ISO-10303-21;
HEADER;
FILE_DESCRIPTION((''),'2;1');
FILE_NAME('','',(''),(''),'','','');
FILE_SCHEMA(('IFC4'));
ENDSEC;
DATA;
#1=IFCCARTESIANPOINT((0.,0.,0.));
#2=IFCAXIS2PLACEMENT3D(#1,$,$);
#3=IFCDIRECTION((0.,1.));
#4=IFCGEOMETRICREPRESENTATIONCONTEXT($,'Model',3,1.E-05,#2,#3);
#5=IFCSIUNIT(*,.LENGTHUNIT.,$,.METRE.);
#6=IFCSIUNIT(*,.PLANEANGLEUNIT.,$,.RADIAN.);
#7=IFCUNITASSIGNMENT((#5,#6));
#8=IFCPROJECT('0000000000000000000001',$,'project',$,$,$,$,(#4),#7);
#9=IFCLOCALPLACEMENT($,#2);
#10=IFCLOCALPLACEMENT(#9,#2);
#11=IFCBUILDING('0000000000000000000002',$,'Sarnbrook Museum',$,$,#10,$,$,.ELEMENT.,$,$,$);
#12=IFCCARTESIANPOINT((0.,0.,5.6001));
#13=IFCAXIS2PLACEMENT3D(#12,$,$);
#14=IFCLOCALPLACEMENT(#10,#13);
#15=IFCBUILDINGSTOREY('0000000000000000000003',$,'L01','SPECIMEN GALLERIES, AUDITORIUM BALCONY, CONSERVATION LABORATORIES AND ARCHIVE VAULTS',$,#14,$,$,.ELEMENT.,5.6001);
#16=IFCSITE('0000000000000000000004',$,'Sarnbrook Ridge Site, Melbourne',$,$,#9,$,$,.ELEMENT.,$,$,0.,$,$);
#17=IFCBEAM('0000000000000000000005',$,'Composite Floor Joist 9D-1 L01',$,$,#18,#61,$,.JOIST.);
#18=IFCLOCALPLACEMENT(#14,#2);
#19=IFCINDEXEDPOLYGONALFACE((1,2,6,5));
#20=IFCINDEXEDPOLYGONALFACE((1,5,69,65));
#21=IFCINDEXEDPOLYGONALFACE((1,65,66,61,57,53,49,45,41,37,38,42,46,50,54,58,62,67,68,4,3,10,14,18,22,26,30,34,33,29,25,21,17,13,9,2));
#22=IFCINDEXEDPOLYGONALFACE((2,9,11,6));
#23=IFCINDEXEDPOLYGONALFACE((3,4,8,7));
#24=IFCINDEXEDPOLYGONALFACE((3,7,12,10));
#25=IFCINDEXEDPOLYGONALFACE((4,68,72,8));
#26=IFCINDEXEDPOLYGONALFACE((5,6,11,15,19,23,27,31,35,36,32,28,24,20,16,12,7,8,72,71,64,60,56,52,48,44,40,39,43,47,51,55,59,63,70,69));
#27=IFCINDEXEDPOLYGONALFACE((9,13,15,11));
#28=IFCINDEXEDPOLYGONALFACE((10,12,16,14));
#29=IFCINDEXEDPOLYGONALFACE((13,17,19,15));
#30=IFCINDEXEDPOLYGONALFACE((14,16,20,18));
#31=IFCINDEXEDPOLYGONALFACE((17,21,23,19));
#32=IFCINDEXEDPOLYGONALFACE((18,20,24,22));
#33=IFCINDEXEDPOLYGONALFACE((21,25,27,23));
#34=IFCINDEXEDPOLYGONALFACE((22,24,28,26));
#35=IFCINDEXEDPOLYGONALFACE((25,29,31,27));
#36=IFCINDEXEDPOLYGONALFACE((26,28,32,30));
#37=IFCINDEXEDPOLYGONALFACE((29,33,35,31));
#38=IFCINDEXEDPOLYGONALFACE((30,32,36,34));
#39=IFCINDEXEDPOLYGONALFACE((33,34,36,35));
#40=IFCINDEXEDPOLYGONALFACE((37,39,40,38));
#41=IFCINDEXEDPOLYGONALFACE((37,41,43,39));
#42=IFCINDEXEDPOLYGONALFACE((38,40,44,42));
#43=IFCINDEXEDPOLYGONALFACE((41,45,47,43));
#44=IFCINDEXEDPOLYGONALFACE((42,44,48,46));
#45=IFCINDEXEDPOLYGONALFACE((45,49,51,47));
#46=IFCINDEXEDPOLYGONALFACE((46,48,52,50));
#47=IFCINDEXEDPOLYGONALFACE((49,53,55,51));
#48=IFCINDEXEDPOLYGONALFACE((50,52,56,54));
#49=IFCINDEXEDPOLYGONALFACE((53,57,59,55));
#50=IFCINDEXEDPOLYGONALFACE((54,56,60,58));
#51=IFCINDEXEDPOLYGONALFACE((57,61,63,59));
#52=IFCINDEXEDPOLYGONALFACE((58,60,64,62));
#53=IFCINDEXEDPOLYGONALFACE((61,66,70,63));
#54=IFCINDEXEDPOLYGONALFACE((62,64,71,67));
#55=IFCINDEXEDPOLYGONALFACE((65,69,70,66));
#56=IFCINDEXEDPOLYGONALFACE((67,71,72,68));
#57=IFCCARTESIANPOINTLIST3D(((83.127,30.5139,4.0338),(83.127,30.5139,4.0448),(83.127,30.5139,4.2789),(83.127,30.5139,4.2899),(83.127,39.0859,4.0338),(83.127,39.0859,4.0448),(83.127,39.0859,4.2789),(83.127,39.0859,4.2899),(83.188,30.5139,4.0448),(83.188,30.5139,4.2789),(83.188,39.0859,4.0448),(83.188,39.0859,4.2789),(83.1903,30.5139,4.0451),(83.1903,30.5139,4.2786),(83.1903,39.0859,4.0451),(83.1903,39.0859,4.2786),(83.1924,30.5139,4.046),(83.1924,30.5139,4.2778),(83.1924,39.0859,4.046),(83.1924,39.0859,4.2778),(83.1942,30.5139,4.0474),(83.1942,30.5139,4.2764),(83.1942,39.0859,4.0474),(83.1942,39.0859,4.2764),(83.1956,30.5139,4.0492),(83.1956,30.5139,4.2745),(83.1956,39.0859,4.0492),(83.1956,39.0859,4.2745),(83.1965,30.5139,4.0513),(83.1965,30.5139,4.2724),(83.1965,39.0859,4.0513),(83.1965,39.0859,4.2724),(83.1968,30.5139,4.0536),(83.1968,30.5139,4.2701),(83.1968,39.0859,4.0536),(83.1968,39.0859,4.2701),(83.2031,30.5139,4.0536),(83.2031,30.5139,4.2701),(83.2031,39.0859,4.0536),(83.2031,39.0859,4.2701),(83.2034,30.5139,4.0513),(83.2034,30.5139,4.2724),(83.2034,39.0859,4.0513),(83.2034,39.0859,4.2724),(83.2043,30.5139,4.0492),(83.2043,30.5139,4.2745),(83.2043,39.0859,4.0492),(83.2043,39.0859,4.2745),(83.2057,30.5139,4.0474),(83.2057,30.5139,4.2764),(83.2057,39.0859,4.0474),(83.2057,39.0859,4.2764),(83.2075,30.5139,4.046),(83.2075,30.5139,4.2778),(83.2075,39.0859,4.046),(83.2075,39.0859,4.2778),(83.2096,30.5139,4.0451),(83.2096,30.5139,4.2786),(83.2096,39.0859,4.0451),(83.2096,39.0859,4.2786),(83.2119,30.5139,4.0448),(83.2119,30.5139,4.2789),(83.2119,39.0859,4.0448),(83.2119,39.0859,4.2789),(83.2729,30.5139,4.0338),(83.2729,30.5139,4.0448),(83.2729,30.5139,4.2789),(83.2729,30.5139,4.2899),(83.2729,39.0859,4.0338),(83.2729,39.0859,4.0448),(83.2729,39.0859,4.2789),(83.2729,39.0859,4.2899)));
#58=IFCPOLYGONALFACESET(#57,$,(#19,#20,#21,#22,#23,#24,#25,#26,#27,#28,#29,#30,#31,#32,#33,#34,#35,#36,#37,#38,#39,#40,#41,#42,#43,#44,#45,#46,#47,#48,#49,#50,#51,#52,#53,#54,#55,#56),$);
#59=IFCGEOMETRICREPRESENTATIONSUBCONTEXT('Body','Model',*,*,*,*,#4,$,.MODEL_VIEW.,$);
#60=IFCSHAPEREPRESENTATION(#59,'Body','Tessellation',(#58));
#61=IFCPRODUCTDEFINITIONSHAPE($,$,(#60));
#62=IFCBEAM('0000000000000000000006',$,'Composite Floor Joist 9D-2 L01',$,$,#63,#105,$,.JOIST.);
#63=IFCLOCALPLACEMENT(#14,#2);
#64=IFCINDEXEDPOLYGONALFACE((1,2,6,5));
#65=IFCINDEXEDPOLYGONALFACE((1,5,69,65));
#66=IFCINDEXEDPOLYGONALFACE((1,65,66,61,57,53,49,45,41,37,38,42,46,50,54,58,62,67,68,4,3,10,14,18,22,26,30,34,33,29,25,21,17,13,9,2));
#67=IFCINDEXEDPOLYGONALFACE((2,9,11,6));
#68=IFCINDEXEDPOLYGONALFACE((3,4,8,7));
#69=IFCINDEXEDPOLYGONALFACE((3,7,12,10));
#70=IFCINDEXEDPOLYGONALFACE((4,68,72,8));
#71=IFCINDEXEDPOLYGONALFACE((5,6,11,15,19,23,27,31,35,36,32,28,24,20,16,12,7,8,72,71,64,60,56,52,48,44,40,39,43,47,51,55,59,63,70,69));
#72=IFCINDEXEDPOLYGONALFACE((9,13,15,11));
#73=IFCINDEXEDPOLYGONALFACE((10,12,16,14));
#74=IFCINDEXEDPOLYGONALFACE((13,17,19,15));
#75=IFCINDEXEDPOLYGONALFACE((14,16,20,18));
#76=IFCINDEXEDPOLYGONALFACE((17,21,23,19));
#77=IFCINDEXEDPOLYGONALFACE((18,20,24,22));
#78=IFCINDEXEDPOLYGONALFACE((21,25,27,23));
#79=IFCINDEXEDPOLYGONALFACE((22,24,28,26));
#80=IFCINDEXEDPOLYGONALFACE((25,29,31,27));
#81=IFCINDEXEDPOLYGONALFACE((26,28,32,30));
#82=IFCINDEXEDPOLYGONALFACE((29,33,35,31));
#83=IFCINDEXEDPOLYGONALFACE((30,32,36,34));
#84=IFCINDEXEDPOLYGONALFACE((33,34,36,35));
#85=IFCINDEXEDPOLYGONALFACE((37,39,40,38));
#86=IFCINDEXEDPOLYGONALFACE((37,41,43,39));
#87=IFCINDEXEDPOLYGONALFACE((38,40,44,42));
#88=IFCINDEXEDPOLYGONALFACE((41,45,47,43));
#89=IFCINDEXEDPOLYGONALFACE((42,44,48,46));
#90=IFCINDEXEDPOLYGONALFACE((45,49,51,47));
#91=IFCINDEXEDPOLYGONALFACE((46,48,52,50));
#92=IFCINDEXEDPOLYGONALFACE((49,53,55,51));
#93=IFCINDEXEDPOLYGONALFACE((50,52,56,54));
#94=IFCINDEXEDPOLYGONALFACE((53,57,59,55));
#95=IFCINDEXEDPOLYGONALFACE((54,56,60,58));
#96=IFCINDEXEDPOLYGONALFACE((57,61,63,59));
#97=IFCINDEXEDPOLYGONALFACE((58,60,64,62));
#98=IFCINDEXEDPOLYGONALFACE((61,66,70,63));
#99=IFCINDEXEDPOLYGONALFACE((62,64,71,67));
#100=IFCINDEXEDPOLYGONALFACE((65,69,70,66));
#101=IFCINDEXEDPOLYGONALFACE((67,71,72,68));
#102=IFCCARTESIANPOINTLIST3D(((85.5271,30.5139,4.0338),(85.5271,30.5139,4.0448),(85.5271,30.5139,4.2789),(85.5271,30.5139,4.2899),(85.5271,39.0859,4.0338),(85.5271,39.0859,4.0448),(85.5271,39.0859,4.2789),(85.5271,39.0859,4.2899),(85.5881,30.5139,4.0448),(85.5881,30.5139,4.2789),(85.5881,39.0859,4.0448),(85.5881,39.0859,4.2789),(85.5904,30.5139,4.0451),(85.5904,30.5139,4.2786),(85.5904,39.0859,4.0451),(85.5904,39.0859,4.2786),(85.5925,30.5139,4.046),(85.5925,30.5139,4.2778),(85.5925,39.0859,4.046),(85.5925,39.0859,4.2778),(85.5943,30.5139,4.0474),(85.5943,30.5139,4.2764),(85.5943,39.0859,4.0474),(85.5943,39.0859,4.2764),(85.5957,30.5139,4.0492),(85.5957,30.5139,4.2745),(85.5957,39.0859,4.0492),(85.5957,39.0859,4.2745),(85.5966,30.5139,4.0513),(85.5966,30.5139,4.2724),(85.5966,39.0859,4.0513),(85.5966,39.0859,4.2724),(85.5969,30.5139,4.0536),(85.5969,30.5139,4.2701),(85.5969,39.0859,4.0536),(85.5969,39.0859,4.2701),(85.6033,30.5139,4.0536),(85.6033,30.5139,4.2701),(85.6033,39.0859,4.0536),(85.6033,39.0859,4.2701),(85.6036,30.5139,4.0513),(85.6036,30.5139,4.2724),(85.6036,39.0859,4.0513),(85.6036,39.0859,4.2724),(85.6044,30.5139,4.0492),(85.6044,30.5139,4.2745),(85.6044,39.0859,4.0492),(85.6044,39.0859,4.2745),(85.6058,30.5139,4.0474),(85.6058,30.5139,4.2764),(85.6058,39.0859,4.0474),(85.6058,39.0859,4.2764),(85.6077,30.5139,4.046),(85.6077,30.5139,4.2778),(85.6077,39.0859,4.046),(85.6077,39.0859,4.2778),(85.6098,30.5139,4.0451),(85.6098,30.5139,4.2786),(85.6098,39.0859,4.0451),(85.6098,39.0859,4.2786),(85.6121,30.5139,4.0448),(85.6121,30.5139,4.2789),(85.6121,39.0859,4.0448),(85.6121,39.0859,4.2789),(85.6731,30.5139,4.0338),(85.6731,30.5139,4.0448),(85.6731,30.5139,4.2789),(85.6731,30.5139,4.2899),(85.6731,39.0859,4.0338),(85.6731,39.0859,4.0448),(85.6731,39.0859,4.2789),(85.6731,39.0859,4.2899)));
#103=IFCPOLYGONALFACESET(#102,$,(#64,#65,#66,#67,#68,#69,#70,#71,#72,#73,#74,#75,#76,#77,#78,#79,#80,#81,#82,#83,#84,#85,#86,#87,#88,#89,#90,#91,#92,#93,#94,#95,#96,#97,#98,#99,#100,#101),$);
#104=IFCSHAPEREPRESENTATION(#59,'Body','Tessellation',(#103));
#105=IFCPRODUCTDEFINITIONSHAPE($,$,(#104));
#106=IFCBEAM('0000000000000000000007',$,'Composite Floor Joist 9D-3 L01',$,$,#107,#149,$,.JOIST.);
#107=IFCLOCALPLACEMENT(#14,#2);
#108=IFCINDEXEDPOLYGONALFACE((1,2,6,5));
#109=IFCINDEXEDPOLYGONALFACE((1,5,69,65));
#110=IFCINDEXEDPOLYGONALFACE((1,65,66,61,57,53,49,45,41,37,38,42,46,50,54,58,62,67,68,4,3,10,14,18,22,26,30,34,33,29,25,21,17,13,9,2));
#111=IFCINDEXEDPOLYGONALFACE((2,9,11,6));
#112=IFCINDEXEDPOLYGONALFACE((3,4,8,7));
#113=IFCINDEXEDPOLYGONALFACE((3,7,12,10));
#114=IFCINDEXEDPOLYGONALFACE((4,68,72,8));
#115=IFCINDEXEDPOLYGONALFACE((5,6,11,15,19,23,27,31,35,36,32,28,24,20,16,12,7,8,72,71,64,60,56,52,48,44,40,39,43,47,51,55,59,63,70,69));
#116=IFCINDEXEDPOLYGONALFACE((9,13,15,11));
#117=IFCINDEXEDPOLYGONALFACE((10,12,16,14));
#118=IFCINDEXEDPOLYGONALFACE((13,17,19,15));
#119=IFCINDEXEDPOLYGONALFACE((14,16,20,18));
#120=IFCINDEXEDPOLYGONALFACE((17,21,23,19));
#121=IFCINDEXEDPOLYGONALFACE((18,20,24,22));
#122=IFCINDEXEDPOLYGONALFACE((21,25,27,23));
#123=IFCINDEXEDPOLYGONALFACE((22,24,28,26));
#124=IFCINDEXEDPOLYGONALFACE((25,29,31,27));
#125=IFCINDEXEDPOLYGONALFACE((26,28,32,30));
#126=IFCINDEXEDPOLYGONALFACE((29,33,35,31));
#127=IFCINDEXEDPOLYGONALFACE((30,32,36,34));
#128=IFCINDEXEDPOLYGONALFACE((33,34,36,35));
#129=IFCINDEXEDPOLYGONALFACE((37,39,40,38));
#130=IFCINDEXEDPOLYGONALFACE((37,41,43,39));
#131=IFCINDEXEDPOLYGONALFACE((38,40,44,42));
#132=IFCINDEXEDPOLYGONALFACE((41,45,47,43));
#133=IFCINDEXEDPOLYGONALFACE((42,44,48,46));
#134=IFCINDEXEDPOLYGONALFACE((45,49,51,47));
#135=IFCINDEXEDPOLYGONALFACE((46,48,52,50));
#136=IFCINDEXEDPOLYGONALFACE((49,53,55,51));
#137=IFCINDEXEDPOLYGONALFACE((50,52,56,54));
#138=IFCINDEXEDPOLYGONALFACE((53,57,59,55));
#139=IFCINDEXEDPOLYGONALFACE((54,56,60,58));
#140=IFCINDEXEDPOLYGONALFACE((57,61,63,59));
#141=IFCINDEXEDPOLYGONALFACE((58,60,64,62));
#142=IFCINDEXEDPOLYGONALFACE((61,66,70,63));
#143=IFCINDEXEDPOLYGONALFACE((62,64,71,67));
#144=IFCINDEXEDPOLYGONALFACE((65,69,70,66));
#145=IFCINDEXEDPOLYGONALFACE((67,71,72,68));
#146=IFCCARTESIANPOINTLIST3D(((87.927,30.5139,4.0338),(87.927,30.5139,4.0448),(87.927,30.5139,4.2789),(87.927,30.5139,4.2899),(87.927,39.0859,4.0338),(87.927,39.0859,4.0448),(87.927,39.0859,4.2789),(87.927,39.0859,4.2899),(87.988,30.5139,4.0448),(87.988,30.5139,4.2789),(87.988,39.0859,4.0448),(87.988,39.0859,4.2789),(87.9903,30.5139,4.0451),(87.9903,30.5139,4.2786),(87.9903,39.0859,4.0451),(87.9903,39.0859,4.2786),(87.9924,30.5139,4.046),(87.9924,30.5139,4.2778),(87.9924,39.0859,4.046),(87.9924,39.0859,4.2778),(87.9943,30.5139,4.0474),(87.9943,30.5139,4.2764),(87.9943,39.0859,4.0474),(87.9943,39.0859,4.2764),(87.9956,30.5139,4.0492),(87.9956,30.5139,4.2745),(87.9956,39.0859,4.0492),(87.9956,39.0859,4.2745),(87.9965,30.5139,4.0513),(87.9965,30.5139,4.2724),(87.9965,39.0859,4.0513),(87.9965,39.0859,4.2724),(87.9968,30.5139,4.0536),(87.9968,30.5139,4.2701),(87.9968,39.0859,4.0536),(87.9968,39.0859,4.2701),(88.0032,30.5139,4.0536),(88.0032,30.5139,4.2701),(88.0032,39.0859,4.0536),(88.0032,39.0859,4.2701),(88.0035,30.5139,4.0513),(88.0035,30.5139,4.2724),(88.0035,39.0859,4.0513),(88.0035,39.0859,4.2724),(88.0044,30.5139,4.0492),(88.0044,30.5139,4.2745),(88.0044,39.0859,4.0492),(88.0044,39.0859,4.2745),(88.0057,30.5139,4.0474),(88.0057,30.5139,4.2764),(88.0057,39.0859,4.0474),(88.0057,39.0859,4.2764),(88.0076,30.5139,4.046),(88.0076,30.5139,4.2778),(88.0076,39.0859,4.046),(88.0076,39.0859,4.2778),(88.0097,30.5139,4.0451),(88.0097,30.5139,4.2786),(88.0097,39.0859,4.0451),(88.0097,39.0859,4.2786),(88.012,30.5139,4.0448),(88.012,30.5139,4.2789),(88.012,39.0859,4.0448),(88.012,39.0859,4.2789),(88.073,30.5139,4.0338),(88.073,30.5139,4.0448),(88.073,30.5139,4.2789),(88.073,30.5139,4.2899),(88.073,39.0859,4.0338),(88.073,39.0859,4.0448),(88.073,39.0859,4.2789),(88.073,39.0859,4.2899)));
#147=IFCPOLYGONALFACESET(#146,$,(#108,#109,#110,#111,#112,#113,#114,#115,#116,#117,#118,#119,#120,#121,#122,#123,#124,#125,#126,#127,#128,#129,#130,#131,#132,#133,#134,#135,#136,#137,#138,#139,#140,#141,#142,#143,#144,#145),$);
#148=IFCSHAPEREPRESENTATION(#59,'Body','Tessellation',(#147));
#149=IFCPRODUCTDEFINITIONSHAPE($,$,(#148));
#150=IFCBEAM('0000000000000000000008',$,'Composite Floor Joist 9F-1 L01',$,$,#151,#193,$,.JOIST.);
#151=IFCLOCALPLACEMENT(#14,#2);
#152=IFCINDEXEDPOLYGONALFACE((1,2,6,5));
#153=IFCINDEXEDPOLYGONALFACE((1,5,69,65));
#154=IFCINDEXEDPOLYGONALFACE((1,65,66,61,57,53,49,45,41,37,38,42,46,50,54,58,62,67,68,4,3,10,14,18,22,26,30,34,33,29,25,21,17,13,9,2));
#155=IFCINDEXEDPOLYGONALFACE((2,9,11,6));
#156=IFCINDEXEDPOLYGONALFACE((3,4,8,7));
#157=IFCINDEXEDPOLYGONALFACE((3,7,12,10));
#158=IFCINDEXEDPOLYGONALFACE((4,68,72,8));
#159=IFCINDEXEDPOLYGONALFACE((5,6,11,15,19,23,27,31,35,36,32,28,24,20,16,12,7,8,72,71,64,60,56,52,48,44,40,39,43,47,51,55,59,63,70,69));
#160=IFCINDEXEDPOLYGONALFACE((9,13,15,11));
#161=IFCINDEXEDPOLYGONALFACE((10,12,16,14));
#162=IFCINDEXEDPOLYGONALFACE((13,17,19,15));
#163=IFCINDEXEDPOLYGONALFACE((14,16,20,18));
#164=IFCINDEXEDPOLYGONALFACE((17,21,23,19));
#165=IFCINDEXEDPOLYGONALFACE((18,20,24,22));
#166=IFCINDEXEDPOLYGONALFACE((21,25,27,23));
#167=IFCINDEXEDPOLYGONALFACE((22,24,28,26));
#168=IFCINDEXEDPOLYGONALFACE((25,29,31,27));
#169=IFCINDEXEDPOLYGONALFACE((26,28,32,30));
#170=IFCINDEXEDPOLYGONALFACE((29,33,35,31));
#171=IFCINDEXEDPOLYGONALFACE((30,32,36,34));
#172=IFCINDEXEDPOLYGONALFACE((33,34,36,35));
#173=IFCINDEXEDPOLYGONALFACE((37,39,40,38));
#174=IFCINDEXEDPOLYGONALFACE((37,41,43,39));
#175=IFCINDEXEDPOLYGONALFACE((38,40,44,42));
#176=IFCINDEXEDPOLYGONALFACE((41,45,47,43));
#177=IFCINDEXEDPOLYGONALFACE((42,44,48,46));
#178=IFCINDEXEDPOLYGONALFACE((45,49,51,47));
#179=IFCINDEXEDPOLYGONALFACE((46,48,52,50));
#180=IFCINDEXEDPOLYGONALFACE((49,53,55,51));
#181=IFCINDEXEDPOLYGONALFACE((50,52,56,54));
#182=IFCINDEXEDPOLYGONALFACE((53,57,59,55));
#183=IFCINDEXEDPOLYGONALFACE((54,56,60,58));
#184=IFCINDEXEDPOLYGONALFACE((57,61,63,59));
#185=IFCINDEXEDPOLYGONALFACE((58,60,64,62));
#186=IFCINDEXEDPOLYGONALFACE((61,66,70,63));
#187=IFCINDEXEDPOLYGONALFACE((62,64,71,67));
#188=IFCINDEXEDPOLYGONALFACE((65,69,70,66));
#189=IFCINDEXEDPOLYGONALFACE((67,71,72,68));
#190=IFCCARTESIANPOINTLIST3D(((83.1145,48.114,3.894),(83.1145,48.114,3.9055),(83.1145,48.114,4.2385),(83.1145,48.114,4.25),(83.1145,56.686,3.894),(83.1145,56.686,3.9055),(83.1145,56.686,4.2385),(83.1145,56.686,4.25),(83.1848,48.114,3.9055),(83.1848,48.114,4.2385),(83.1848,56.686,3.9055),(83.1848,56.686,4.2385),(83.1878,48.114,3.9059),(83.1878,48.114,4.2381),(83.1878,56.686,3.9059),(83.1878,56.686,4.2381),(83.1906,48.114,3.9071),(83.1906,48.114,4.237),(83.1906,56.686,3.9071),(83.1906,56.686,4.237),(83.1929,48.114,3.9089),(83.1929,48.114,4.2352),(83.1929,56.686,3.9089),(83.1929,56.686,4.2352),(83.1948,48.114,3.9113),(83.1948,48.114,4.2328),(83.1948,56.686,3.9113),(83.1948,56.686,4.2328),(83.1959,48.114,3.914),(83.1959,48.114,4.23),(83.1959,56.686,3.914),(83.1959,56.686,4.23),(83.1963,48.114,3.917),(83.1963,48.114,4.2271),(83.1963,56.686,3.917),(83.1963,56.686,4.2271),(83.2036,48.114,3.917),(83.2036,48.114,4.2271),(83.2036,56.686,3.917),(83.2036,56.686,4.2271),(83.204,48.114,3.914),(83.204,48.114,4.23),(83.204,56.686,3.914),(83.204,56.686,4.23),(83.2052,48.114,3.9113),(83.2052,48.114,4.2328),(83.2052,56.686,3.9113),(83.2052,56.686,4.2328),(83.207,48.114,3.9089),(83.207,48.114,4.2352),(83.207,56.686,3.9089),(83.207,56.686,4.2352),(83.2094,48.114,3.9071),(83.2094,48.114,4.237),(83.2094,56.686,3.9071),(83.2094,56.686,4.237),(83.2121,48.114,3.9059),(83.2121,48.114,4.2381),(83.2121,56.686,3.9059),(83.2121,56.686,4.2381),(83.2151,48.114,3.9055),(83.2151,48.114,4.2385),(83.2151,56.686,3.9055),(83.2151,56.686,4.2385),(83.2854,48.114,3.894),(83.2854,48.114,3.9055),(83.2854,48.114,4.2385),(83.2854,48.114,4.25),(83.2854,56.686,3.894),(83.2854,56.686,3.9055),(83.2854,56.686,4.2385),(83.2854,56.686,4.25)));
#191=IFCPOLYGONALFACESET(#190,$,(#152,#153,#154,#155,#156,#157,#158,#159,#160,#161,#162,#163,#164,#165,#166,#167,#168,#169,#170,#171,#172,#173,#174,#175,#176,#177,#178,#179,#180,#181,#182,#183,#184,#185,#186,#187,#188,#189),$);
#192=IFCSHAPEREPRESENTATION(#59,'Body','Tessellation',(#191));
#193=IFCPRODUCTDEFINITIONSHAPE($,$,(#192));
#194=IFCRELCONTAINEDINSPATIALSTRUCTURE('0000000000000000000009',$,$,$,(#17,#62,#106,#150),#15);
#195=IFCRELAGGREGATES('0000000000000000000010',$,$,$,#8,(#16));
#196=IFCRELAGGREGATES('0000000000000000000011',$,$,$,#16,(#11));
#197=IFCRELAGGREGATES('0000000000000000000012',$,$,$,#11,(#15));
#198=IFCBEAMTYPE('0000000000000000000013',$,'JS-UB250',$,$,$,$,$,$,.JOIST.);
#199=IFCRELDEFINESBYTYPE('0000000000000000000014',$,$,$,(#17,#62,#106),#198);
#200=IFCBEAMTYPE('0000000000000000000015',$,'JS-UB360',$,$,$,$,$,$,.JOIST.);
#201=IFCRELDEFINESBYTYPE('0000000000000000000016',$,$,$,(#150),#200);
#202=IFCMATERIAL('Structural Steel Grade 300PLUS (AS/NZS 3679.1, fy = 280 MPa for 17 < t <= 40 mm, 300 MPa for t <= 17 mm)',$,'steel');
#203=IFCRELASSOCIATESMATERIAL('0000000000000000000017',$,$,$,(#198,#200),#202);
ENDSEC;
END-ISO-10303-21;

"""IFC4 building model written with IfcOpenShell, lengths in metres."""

from ifc_helpers import new_model, si_unit, direction, frame, origin, origin_2d, place, context, subcontext, project, spatial, i_section, extrude, material, material_profile, profile_set, type_object, element, save


model = new_model("IFC4")

# Units and contexts
model_context = context("Model", 3, precision=1e-05, world=origin(), true_north=direction((0.0, 1.0)))
body_context = subcontext(model_context, "Body", "Model", "MODEL_VIEW")
ifc_project = project(units=[si_unit("LENGTHUNIT", "METRE"), si_unit("PLANEANGLEUNIT", "RADIAN")], contexts=[model_context])

# Site, building, storey
site_placement = place(None, origin())
site = spatial("IfcSite", under=ifc_project, at=site_placement, Name="Sarnbrook Ridge Site, Melbourne", CompositionType="ELEMENT", RefElevation=0.0)
building_placement = place(site_placement, origin())
building = spatial("IfcBuilding", under=site, at=building_placement, Name="Sarnbrook Museum", CompositionType="ELEMENT")
storey_placement = place(building_placement, frame((0.0, 0.0, 5.6001)))
storey = spatial("IfcBuildingStorey", under=building, at=storey_placement, Name="L01", Description="SPECIMEN GALLERIES, AUDITORIUM BALCONY, CONSERVATION LABORATORIES AND ARCHIVE VAULTS", CompositionType="ELEMENT", Elevation=5.6001)

# Shared definitions
ifc_material_1 = material(Name="Structural Steel Grade 300PLUS (AS/NZS 3679.1, fy = 280 MPa for 17 < t <= 40 mm, 300 MPa for t <= 17 mm)", Category="steel")

# Beams
ifc_material_profile_1 = material_profile(ifc_material_1, i_section(OverallWidth=0.146, OverallDepth=0.2561, WebThickness=0.0063, FlangeThickness=0.011, FilletRadius=0.0088, at=origin_2d()), Name="250UB37.3")
ifc_profile_set_1 = profile_set([ifc_material_profile_1], Name="Structural Steel Grade 300PLUS (AS/NZS 3679.1, fy = 280 MPa for 17 < t <= 40 mm, 300 MPa for t <= 17 mm)")
beam_type_1 = type_object("IfcBeamType", Name="JS-UB250", PredefinedType="JOIST", material=ifc_profile_set_1)
for number, where, z_axis, x_axis, name in (
    (1, (83.2, 30.5139, 4.1619), (0.0, 1.0, 0.0), (-1.0, 0.0, 0.0), "Composite Floor Joist 9D-1 L01"),
    (2, (85.6001, 30.5139, 4.1619), (0.0, 1.0, 0.0), (-1.0, 0.0, 0.0), "Composite Floor Joist 9D-2 L01"),
    (3, (88.0, 30.5139, 4.1619), (0.0, 1.0, 0.0), (-1.0, 0.0, 0.0), "Composite Floor Joist 9D-3 L01"),
):
    element("IfcBeam", number, at=place(storey_placement, frame(where, z_axis=z_axis, x_axis=x_axis)), inside=storey, type_object=beam_type_1, Name=name, PredefinedType="JOIST", context=body_context, shape_type="SweptSolid", body=[
        extrude(i_section(OverallWidth=0.146, OverallDepth=0.2561, WebThickness=0.0063, FlangeThickness=0.011, FilletRadius=0.0088, at=origin_2d()), origin(), (0.0, 0.0, 1.0), 8.572),
    ])
ifc_material_profile_2 = material_profile(ifc_material_1, i_section(OverallWidth=0.1709, OverallDepth=0.356, WebThickness=0.0073, FlangeThickness=0.0115, FilletRadius=0.0115, at=origin_2d()), Name="360UB50.7")
ifc_profile_set_2 = profile_set([ifc_material_profile_2], Name="Structural Steel Grade 300PLUS (AS/NZS 3679.1, fy = 280 MPa for 17 < t <= 40 mm, 300 MPa for t <= 17 mm)")
beam_type_2 = type_object("IfcBeamType", Name="JS-UB360", PredefinedType="JOIST", material=ifc_profile_set_2)
for number, where, z_axis, x_axis, name in (
    (4, (83.2, 48.114, 4.072), (0.0, 1.0, 0.0), (-1.0, 0.0, 0.0), "Composite Floor Joist 9F-1 L01"),
):
    element("IfcBeam", number, at=place(storey_placement, frame(where, z_axis=z_axis, x_axis=x_axis)), inside=storey, type_object=beam_type_2, Name=name, PredefinedType="JOIST", context=body_context, shape_type="SweptSolid", body=[
        extrude(i_section(OverallWidth=0.1709, OverallDepth=0.356, WebThickness=0.0073, FlangeThickness=0.0115, FilletRadius=0.0115, at=origin_2d()), origin(), (0.0, 0.0, 1.0), 8.572),
    ])

save(model, "model.ifc")
